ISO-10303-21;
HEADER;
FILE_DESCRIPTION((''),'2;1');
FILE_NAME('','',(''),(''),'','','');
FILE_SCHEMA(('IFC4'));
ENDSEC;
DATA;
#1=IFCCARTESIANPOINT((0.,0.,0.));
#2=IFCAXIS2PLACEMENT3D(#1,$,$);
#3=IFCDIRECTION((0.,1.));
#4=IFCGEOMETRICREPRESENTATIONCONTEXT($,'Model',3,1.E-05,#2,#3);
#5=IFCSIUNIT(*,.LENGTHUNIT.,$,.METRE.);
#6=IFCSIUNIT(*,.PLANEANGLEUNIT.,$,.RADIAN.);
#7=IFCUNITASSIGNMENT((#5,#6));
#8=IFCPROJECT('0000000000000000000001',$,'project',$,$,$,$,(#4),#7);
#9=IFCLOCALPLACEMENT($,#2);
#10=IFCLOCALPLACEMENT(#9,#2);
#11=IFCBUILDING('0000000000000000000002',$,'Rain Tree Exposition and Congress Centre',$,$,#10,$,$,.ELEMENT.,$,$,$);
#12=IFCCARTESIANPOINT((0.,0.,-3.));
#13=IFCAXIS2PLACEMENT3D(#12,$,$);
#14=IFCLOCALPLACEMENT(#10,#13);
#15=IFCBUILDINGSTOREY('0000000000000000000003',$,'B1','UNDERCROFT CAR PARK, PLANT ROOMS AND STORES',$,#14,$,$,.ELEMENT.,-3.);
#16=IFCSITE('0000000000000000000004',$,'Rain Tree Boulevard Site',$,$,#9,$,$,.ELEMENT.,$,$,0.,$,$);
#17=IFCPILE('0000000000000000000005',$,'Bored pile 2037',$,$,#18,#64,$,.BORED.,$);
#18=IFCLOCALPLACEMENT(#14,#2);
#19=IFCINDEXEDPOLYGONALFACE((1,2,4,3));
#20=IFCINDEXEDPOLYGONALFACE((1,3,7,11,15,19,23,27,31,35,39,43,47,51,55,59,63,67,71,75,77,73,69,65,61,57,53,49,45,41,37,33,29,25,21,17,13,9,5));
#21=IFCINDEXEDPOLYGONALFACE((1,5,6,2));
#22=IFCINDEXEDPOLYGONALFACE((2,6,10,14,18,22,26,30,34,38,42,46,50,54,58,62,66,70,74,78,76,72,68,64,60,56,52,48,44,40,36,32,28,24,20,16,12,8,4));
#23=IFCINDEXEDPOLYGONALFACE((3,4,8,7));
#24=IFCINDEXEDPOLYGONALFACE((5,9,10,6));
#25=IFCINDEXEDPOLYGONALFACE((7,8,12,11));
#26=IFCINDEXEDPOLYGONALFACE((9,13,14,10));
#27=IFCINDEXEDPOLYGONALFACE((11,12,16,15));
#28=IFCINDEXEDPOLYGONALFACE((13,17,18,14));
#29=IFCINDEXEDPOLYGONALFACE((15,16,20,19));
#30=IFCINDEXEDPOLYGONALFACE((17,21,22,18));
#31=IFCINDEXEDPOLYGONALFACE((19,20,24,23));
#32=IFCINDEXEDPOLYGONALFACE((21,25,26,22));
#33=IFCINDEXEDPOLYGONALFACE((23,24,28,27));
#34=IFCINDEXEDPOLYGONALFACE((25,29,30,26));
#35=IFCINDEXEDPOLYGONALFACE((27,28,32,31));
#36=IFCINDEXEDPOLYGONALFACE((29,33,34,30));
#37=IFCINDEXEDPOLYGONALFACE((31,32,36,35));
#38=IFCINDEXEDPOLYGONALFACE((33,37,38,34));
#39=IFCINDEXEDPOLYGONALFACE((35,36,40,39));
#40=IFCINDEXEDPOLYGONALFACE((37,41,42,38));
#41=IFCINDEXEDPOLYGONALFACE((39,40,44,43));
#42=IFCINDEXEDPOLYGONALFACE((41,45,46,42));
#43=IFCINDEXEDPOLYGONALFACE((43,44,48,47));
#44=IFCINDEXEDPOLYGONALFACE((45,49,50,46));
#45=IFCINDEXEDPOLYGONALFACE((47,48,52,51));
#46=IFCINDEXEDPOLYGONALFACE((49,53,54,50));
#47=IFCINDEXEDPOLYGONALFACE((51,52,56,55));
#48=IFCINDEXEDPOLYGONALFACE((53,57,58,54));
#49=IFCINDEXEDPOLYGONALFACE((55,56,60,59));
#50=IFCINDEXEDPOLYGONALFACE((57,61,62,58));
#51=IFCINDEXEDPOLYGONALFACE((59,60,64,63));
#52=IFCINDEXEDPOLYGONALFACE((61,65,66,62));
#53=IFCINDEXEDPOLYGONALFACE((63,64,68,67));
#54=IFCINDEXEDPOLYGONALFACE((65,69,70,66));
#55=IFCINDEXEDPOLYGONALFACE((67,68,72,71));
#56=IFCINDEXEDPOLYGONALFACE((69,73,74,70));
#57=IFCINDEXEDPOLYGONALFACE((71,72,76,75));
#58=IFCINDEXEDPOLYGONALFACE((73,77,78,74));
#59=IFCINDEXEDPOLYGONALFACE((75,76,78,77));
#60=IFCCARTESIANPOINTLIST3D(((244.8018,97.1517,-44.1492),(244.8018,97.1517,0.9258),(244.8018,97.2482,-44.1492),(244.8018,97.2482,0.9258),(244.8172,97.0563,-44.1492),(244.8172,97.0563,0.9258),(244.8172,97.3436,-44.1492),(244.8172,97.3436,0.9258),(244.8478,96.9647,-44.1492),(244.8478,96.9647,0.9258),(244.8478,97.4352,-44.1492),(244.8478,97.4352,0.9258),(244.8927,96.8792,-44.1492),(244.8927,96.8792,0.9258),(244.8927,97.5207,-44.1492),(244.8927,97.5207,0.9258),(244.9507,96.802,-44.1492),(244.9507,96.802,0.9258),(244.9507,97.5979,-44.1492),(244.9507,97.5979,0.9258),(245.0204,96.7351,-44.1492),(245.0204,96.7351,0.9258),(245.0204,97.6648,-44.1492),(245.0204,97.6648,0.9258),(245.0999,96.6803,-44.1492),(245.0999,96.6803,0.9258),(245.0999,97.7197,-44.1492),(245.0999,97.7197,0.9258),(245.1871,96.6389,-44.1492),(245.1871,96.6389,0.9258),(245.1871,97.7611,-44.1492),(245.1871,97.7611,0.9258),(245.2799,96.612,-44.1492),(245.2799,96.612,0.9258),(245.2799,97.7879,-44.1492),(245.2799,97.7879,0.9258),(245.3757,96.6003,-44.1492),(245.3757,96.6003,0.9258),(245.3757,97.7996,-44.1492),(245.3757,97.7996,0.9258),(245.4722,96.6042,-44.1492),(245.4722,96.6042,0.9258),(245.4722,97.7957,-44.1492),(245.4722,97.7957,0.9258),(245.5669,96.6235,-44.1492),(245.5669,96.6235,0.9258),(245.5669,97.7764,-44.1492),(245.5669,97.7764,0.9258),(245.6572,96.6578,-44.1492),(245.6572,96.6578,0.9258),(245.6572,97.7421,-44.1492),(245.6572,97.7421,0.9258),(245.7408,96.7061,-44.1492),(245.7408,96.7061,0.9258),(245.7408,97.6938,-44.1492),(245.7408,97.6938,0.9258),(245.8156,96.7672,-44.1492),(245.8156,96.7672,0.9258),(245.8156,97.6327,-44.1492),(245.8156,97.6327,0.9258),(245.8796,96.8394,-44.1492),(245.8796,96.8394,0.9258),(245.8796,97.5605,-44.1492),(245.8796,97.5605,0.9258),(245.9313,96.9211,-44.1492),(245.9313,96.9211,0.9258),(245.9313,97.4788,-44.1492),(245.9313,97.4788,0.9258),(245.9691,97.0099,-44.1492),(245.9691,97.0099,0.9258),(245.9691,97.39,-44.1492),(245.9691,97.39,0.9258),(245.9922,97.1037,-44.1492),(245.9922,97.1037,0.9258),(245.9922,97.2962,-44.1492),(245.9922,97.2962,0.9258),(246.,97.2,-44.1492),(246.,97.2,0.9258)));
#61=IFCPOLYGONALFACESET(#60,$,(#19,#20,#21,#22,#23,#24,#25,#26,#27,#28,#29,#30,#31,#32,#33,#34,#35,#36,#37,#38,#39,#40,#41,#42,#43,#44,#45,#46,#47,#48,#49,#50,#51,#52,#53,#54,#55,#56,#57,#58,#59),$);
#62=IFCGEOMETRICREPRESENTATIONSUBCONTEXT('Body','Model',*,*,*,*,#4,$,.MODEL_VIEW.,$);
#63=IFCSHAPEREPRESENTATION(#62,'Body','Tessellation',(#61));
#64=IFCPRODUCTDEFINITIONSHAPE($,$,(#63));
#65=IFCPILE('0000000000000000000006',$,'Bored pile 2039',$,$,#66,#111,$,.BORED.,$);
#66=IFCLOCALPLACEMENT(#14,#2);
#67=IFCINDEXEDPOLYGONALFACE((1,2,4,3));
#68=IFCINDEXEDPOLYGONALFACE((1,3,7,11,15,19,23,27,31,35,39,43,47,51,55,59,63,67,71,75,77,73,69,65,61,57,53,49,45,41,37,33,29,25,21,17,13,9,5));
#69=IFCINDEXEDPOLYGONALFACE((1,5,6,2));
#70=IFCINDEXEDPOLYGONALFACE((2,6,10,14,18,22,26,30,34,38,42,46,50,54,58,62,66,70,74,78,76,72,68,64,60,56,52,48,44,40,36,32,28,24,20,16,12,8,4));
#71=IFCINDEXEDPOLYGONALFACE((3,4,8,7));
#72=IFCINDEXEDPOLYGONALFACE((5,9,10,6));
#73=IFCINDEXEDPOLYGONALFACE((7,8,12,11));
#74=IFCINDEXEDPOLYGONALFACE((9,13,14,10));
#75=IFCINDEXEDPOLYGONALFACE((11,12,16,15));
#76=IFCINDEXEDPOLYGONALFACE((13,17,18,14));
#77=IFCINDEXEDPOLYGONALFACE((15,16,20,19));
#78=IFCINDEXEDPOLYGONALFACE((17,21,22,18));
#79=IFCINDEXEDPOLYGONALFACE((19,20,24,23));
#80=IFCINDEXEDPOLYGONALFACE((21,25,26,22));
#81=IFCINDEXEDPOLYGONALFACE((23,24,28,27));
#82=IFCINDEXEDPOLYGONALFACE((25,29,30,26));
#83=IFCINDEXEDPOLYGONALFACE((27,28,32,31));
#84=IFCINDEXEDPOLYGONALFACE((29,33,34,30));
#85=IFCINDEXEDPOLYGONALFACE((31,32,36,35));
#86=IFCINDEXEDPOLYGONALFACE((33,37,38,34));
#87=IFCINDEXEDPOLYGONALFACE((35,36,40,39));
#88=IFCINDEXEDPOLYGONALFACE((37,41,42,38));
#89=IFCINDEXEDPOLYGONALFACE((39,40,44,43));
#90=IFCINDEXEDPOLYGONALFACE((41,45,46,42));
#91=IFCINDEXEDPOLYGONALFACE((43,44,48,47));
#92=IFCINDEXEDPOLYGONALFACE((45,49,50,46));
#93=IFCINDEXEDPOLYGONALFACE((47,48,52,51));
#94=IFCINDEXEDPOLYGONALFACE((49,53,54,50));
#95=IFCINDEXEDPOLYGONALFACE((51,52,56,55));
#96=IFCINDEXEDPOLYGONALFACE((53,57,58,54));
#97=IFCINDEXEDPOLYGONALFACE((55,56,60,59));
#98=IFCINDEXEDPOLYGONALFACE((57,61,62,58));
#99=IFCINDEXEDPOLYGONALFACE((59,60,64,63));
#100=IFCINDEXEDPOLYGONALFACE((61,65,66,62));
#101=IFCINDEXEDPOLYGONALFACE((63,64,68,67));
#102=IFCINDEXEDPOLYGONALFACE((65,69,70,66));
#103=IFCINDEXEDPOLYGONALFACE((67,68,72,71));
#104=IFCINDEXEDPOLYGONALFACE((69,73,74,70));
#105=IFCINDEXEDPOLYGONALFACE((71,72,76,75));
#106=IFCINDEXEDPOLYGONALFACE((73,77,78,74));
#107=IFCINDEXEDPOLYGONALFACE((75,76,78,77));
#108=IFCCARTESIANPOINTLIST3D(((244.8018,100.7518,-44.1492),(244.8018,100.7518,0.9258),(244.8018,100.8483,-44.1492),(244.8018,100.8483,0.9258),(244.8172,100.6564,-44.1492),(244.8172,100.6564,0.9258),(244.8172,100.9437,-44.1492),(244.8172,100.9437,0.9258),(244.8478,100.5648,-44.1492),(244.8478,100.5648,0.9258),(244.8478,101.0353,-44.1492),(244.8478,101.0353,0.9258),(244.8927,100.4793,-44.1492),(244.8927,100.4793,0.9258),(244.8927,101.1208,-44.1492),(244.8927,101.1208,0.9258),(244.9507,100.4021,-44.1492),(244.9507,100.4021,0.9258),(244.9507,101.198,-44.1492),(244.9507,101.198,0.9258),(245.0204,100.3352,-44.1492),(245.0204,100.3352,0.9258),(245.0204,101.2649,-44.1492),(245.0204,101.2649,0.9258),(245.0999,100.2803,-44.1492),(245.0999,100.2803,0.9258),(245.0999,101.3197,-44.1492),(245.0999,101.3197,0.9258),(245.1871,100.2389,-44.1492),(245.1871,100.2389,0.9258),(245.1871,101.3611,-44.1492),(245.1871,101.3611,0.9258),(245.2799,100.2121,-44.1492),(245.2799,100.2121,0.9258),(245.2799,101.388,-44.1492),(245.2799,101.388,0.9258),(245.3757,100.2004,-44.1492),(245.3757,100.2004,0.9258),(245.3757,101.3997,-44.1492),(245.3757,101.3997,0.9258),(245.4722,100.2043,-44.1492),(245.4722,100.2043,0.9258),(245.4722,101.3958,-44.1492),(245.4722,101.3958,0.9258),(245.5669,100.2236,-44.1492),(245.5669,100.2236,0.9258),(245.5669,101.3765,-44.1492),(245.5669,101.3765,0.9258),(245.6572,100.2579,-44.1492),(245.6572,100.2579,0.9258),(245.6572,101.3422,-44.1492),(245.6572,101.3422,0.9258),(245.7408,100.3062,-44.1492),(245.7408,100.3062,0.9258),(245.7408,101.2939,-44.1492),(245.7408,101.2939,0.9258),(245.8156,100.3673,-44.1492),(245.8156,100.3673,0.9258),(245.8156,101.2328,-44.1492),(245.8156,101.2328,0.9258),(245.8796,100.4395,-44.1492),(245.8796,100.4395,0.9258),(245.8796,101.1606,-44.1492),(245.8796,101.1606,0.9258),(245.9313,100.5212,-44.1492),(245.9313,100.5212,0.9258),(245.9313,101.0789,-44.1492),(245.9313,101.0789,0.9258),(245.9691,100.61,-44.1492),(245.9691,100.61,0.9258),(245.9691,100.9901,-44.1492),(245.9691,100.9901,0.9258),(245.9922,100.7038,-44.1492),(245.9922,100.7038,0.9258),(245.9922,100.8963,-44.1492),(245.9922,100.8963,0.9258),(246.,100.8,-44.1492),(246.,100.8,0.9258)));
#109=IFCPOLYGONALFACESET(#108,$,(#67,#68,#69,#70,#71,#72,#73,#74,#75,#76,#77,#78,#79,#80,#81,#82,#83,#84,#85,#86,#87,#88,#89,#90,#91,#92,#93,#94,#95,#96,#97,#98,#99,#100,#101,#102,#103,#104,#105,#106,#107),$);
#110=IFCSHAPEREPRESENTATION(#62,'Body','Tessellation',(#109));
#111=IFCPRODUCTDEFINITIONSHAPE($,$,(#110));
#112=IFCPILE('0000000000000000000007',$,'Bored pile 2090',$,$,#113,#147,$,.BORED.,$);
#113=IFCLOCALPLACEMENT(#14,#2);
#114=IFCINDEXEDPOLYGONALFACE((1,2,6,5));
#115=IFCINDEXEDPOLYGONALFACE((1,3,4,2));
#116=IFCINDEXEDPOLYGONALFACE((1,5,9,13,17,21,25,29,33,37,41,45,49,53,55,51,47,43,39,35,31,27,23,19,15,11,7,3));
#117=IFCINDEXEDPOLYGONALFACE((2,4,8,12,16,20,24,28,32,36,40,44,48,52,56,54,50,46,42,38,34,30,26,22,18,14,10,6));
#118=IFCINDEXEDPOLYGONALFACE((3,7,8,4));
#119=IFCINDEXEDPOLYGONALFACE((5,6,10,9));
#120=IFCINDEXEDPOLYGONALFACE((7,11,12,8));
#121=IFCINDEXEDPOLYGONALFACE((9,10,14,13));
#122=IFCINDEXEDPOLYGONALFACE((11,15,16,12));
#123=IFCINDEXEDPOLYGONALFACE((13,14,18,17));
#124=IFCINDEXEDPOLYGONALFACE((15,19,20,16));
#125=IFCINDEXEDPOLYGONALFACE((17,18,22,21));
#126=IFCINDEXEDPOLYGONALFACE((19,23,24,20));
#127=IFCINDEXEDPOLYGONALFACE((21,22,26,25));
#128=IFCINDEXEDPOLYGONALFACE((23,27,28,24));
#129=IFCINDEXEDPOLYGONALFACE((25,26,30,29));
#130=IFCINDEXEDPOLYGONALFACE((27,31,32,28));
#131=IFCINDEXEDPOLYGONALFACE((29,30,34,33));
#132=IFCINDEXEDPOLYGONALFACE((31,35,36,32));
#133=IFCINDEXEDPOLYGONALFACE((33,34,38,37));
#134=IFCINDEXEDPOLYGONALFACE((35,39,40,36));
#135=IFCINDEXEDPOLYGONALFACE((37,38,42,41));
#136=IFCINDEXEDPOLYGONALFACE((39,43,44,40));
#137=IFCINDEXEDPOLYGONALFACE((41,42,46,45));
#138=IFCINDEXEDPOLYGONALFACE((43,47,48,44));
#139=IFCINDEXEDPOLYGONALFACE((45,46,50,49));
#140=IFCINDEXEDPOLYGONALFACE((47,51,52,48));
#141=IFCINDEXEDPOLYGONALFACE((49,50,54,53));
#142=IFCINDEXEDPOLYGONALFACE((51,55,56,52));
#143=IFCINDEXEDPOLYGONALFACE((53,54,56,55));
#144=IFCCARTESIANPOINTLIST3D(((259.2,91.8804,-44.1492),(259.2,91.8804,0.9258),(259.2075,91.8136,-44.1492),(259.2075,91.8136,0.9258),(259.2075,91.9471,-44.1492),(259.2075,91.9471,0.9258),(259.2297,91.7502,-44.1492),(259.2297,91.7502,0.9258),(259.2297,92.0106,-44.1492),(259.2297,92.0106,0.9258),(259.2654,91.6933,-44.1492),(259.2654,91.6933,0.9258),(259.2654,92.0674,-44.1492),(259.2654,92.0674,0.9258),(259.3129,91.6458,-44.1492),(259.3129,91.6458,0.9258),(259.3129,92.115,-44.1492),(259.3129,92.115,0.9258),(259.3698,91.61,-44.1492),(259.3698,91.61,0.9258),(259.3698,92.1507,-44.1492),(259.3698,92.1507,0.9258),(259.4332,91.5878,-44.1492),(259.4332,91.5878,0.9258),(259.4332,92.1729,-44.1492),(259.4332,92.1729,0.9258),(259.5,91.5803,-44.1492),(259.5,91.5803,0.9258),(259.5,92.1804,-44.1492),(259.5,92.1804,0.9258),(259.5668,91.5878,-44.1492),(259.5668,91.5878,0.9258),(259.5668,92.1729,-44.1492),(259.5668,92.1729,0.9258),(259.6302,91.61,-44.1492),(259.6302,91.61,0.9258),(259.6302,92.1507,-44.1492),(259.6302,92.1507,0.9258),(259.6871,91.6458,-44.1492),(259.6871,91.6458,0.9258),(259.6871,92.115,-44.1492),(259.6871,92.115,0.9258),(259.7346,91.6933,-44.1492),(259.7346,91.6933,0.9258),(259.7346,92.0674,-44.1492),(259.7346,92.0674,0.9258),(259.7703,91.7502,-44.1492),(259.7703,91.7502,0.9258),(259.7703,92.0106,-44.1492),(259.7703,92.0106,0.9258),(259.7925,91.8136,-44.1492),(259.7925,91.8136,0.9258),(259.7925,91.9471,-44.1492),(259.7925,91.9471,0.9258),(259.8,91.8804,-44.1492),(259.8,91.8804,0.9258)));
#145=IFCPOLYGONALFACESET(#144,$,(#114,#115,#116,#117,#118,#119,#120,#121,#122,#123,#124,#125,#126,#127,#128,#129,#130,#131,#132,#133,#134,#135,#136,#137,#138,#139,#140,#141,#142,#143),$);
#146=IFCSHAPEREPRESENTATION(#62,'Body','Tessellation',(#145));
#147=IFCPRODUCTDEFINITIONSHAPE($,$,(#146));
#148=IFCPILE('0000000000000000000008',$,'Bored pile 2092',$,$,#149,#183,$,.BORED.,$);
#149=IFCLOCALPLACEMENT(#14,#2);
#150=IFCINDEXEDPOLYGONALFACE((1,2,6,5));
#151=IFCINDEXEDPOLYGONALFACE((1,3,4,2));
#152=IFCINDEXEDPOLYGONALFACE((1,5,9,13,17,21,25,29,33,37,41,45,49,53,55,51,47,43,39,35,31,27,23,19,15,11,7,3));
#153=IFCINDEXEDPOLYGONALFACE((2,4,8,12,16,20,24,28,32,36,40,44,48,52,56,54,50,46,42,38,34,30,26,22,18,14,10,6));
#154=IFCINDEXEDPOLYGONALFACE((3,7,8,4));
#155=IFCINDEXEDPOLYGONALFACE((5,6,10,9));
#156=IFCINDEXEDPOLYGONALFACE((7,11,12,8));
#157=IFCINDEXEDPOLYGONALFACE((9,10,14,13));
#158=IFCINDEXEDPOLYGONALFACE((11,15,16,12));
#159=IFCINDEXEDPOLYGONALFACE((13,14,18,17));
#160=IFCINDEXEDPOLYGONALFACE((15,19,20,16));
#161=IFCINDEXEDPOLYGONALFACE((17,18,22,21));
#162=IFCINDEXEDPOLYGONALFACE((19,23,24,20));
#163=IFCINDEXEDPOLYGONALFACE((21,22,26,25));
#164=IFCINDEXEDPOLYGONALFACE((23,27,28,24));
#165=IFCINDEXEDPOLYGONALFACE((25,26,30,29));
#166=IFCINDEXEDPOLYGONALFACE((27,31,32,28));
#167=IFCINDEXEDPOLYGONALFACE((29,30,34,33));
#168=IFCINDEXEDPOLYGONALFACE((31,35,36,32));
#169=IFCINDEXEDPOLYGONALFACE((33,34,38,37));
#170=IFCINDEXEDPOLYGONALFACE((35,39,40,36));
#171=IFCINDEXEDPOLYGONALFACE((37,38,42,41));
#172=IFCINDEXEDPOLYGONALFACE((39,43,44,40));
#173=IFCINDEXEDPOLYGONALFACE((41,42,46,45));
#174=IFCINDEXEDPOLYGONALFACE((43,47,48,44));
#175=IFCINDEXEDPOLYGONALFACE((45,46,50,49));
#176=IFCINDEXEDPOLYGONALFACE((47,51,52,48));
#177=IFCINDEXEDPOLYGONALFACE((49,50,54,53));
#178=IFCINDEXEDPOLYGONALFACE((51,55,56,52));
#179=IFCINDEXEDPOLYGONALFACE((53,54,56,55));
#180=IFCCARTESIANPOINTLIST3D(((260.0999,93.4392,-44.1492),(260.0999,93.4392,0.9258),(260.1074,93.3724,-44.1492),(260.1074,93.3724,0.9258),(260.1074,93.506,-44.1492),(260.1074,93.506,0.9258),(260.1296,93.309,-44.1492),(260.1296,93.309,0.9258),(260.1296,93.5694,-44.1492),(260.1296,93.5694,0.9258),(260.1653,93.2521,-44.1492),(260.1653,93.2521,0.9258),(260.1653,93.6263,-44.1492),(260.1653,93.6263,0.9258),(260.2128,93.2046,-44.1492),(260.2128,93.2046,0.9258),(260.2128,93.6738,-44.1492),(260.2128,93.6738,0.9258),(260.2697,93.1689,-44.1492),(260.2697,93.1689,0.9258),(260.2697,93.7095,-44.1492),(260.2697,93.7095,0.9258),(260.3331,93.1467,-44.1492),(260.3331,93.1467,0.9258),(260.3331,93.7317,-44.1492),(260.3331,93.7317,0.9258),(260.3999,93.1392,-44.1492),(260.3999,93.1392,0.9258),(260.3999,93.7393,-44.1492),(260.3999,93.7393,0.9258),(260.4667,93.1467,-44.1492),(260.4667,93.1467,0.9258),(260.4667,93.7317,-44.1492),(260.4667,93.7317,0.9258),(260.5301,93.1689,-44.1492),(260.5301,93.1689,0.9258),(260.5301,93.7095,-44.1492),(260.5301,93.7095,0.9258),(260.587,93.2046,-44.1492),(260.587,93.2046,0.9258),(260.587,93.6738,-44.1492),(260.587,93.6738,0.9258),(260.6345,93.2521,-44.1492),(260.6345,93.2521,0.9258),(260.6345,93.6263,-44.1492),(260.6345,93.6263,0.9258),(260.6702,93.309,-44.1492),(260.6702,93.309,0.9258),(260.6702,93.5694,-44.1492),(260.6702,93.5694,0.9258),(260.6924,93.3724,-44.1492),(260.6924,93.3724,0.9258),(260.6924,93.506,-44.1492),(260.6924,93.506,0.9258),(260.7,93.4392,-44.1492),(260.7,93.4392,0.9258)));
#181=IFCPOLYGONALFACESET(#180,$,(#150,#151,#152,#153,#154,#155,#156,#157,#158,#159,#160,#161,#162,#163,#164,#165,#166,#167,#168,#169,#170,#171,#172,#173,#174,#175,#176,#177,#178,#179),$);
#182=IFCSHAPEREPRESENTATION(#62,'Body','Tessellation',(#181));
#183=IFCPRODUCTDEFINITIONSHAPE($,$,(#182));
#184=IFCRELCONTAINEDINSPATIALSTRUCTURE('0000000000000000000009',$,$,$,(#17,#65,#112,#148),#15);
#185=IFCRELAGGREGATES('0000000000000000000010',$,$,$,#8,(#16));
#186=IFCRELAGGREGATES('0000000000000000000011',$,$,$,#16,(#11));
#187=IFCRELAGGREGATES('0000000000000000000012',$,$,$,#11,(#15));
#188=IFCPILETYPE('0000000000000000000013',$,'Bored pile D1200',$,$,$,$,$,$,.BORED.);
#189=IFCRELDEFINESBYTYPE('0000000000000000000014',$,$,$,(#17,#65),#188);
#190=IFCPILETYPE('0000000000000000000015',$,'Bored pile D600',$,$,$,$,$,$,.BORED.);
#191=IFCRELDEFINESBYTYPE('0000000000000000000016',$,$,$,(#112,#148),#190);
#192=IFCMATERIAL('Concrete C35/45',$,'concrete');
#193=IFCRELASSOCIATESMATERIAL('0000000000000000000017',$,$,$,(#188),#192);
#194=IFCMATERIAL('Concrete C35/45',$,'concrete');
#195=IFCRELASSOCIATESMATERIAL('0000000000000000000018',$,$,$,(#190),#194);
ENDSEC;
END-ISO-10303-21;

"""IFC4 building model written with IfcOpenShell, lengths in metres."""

from ifc_helpers import new_model, si_unit, direction, frame, origin, origin_2d, place, context, subcontext, project, spatial, circle, extrude, material, material_profile, profile_set, type_object, element, save


model = new_model("IFC4")

# Units and contexts
model_context = context("Model", 3, precision=1e-05, world=origin(), true_north=direction((0.0, 1.0)))
body_context = subcontext(model_context, "Body", "Model", "MODEL_VIEW")
ifc_project = project(units=[si_unit("LENGTHUNIT", "METRE"), si_unit("PLANEANGLEUNIT", "RADIAN")], contexts=[model_context])

# Site, building, storey
site_placement = place(None, origin())
site = spatial("IfcSite", under=ifc_project, at=site_placement, Name="Rain Tree Boulevard Site", CompositionType="ELEMENT", RefElevation=0.0)
building_placement = place(site_placement, origin())
building = spatial("IfcBuilding", under=site, at=building_placement, Name="Rain Tree Exposition and Congress Centre", CompositionType="ELEMENT")
storey_placement = place(building_placement, frame((0.0, 0.0, -3.0)))
storey = spatial("IfcBuildingStorey", under=building, at=storey_placement, Name="B1", Description="UNDERCROFT CAR PARK, PLANT ROOMS AND STORES", CompositionType="ELEMENT", Elevation=-3.0)

# Piles
ifc_material_1 = material(Name="Concrete C35/45", Category="concrete")
ifc_material_profile_1 = material_profile(ifc_material_1, circle(Radius=0.6001, at=origin_2d()), Name="D1200")
ifc_profile_set_1 = profile_set([ifc_material_profile_1], Name="Concrete C35/45")
pile_type_1 = type_object("IfcPileType", Name="Bored pile D1200", PredefinedType="BORED", material=ifc_profile_set_1)
for number, where, z_axis, x_axis, name in (
    (1, (245.3999, 97.2, 0.9258), (0.0, 0.0, -1.0), (1.0, 0.0, 0.0), "Bored pile 2037"),
    (2, (245.3999, 100.8, 0.9258), (0.0, 0.0, -1.0), (1.0, 0.0, 0.0), "Bored pile 2039"),
):
    element("IfcPile", number, at=place(storey_placement, frame(where, z_axis=z_axis, x_axis=x_axis)), inside=storey, type_object=pile_type_1, Name=name, PredefinedType="BORED", context=body_context, shape_type="SweptSolid", body=[
        extrude(circle(Radius=0.6001, at=origin_2d()), origin(), (0.0, 0.0, 1.0), 45.075),
    ])
ifc_material_2 = material(Name="Concrete C35/45", Category="concrete")
ifc_material_profile_2 = material_profile(ifc_material_2, circle(Radius=0.3, at=origin_2d()), Name="D600")
ifc_profile_set_2 = profile_set([ifc_material_profile_2], Name="Concrete C35/45")
pile_type_2 = type_object("IfcPileType", Name="Bored pile D600", PredefinedType="BORED", material=ifc_profile_set_2)
for number, where, z_axis, x_axis, name in (
    (3, (259.5, 91.8804, 0.9258), (0.0, 0.0, -1.0), (1.0, 0.0, 0.0), "Bored pile 2090"),
    (4, (260.3999, 93.4392, 0.9258), (0.0, 0.0, -1.0), (1.0, 0.0, 0.0), "Bored pile 2092"),
):
    element("IfcPile", number, at=place(storey_placement, frame(where, z_axis=z_axis, x_axis=x_axis)), inside=storey, type_object=pile_type_2, Name=name, PredefinedType="BORED", context=body_context, shape_type="SweptSolid", body=[
        extrude(circle(Radius=0.3, at=origin_2d()), origin(), (0.0, 0.0, 1.0), 45.075),
    ])

save(model, "model.ifc")
